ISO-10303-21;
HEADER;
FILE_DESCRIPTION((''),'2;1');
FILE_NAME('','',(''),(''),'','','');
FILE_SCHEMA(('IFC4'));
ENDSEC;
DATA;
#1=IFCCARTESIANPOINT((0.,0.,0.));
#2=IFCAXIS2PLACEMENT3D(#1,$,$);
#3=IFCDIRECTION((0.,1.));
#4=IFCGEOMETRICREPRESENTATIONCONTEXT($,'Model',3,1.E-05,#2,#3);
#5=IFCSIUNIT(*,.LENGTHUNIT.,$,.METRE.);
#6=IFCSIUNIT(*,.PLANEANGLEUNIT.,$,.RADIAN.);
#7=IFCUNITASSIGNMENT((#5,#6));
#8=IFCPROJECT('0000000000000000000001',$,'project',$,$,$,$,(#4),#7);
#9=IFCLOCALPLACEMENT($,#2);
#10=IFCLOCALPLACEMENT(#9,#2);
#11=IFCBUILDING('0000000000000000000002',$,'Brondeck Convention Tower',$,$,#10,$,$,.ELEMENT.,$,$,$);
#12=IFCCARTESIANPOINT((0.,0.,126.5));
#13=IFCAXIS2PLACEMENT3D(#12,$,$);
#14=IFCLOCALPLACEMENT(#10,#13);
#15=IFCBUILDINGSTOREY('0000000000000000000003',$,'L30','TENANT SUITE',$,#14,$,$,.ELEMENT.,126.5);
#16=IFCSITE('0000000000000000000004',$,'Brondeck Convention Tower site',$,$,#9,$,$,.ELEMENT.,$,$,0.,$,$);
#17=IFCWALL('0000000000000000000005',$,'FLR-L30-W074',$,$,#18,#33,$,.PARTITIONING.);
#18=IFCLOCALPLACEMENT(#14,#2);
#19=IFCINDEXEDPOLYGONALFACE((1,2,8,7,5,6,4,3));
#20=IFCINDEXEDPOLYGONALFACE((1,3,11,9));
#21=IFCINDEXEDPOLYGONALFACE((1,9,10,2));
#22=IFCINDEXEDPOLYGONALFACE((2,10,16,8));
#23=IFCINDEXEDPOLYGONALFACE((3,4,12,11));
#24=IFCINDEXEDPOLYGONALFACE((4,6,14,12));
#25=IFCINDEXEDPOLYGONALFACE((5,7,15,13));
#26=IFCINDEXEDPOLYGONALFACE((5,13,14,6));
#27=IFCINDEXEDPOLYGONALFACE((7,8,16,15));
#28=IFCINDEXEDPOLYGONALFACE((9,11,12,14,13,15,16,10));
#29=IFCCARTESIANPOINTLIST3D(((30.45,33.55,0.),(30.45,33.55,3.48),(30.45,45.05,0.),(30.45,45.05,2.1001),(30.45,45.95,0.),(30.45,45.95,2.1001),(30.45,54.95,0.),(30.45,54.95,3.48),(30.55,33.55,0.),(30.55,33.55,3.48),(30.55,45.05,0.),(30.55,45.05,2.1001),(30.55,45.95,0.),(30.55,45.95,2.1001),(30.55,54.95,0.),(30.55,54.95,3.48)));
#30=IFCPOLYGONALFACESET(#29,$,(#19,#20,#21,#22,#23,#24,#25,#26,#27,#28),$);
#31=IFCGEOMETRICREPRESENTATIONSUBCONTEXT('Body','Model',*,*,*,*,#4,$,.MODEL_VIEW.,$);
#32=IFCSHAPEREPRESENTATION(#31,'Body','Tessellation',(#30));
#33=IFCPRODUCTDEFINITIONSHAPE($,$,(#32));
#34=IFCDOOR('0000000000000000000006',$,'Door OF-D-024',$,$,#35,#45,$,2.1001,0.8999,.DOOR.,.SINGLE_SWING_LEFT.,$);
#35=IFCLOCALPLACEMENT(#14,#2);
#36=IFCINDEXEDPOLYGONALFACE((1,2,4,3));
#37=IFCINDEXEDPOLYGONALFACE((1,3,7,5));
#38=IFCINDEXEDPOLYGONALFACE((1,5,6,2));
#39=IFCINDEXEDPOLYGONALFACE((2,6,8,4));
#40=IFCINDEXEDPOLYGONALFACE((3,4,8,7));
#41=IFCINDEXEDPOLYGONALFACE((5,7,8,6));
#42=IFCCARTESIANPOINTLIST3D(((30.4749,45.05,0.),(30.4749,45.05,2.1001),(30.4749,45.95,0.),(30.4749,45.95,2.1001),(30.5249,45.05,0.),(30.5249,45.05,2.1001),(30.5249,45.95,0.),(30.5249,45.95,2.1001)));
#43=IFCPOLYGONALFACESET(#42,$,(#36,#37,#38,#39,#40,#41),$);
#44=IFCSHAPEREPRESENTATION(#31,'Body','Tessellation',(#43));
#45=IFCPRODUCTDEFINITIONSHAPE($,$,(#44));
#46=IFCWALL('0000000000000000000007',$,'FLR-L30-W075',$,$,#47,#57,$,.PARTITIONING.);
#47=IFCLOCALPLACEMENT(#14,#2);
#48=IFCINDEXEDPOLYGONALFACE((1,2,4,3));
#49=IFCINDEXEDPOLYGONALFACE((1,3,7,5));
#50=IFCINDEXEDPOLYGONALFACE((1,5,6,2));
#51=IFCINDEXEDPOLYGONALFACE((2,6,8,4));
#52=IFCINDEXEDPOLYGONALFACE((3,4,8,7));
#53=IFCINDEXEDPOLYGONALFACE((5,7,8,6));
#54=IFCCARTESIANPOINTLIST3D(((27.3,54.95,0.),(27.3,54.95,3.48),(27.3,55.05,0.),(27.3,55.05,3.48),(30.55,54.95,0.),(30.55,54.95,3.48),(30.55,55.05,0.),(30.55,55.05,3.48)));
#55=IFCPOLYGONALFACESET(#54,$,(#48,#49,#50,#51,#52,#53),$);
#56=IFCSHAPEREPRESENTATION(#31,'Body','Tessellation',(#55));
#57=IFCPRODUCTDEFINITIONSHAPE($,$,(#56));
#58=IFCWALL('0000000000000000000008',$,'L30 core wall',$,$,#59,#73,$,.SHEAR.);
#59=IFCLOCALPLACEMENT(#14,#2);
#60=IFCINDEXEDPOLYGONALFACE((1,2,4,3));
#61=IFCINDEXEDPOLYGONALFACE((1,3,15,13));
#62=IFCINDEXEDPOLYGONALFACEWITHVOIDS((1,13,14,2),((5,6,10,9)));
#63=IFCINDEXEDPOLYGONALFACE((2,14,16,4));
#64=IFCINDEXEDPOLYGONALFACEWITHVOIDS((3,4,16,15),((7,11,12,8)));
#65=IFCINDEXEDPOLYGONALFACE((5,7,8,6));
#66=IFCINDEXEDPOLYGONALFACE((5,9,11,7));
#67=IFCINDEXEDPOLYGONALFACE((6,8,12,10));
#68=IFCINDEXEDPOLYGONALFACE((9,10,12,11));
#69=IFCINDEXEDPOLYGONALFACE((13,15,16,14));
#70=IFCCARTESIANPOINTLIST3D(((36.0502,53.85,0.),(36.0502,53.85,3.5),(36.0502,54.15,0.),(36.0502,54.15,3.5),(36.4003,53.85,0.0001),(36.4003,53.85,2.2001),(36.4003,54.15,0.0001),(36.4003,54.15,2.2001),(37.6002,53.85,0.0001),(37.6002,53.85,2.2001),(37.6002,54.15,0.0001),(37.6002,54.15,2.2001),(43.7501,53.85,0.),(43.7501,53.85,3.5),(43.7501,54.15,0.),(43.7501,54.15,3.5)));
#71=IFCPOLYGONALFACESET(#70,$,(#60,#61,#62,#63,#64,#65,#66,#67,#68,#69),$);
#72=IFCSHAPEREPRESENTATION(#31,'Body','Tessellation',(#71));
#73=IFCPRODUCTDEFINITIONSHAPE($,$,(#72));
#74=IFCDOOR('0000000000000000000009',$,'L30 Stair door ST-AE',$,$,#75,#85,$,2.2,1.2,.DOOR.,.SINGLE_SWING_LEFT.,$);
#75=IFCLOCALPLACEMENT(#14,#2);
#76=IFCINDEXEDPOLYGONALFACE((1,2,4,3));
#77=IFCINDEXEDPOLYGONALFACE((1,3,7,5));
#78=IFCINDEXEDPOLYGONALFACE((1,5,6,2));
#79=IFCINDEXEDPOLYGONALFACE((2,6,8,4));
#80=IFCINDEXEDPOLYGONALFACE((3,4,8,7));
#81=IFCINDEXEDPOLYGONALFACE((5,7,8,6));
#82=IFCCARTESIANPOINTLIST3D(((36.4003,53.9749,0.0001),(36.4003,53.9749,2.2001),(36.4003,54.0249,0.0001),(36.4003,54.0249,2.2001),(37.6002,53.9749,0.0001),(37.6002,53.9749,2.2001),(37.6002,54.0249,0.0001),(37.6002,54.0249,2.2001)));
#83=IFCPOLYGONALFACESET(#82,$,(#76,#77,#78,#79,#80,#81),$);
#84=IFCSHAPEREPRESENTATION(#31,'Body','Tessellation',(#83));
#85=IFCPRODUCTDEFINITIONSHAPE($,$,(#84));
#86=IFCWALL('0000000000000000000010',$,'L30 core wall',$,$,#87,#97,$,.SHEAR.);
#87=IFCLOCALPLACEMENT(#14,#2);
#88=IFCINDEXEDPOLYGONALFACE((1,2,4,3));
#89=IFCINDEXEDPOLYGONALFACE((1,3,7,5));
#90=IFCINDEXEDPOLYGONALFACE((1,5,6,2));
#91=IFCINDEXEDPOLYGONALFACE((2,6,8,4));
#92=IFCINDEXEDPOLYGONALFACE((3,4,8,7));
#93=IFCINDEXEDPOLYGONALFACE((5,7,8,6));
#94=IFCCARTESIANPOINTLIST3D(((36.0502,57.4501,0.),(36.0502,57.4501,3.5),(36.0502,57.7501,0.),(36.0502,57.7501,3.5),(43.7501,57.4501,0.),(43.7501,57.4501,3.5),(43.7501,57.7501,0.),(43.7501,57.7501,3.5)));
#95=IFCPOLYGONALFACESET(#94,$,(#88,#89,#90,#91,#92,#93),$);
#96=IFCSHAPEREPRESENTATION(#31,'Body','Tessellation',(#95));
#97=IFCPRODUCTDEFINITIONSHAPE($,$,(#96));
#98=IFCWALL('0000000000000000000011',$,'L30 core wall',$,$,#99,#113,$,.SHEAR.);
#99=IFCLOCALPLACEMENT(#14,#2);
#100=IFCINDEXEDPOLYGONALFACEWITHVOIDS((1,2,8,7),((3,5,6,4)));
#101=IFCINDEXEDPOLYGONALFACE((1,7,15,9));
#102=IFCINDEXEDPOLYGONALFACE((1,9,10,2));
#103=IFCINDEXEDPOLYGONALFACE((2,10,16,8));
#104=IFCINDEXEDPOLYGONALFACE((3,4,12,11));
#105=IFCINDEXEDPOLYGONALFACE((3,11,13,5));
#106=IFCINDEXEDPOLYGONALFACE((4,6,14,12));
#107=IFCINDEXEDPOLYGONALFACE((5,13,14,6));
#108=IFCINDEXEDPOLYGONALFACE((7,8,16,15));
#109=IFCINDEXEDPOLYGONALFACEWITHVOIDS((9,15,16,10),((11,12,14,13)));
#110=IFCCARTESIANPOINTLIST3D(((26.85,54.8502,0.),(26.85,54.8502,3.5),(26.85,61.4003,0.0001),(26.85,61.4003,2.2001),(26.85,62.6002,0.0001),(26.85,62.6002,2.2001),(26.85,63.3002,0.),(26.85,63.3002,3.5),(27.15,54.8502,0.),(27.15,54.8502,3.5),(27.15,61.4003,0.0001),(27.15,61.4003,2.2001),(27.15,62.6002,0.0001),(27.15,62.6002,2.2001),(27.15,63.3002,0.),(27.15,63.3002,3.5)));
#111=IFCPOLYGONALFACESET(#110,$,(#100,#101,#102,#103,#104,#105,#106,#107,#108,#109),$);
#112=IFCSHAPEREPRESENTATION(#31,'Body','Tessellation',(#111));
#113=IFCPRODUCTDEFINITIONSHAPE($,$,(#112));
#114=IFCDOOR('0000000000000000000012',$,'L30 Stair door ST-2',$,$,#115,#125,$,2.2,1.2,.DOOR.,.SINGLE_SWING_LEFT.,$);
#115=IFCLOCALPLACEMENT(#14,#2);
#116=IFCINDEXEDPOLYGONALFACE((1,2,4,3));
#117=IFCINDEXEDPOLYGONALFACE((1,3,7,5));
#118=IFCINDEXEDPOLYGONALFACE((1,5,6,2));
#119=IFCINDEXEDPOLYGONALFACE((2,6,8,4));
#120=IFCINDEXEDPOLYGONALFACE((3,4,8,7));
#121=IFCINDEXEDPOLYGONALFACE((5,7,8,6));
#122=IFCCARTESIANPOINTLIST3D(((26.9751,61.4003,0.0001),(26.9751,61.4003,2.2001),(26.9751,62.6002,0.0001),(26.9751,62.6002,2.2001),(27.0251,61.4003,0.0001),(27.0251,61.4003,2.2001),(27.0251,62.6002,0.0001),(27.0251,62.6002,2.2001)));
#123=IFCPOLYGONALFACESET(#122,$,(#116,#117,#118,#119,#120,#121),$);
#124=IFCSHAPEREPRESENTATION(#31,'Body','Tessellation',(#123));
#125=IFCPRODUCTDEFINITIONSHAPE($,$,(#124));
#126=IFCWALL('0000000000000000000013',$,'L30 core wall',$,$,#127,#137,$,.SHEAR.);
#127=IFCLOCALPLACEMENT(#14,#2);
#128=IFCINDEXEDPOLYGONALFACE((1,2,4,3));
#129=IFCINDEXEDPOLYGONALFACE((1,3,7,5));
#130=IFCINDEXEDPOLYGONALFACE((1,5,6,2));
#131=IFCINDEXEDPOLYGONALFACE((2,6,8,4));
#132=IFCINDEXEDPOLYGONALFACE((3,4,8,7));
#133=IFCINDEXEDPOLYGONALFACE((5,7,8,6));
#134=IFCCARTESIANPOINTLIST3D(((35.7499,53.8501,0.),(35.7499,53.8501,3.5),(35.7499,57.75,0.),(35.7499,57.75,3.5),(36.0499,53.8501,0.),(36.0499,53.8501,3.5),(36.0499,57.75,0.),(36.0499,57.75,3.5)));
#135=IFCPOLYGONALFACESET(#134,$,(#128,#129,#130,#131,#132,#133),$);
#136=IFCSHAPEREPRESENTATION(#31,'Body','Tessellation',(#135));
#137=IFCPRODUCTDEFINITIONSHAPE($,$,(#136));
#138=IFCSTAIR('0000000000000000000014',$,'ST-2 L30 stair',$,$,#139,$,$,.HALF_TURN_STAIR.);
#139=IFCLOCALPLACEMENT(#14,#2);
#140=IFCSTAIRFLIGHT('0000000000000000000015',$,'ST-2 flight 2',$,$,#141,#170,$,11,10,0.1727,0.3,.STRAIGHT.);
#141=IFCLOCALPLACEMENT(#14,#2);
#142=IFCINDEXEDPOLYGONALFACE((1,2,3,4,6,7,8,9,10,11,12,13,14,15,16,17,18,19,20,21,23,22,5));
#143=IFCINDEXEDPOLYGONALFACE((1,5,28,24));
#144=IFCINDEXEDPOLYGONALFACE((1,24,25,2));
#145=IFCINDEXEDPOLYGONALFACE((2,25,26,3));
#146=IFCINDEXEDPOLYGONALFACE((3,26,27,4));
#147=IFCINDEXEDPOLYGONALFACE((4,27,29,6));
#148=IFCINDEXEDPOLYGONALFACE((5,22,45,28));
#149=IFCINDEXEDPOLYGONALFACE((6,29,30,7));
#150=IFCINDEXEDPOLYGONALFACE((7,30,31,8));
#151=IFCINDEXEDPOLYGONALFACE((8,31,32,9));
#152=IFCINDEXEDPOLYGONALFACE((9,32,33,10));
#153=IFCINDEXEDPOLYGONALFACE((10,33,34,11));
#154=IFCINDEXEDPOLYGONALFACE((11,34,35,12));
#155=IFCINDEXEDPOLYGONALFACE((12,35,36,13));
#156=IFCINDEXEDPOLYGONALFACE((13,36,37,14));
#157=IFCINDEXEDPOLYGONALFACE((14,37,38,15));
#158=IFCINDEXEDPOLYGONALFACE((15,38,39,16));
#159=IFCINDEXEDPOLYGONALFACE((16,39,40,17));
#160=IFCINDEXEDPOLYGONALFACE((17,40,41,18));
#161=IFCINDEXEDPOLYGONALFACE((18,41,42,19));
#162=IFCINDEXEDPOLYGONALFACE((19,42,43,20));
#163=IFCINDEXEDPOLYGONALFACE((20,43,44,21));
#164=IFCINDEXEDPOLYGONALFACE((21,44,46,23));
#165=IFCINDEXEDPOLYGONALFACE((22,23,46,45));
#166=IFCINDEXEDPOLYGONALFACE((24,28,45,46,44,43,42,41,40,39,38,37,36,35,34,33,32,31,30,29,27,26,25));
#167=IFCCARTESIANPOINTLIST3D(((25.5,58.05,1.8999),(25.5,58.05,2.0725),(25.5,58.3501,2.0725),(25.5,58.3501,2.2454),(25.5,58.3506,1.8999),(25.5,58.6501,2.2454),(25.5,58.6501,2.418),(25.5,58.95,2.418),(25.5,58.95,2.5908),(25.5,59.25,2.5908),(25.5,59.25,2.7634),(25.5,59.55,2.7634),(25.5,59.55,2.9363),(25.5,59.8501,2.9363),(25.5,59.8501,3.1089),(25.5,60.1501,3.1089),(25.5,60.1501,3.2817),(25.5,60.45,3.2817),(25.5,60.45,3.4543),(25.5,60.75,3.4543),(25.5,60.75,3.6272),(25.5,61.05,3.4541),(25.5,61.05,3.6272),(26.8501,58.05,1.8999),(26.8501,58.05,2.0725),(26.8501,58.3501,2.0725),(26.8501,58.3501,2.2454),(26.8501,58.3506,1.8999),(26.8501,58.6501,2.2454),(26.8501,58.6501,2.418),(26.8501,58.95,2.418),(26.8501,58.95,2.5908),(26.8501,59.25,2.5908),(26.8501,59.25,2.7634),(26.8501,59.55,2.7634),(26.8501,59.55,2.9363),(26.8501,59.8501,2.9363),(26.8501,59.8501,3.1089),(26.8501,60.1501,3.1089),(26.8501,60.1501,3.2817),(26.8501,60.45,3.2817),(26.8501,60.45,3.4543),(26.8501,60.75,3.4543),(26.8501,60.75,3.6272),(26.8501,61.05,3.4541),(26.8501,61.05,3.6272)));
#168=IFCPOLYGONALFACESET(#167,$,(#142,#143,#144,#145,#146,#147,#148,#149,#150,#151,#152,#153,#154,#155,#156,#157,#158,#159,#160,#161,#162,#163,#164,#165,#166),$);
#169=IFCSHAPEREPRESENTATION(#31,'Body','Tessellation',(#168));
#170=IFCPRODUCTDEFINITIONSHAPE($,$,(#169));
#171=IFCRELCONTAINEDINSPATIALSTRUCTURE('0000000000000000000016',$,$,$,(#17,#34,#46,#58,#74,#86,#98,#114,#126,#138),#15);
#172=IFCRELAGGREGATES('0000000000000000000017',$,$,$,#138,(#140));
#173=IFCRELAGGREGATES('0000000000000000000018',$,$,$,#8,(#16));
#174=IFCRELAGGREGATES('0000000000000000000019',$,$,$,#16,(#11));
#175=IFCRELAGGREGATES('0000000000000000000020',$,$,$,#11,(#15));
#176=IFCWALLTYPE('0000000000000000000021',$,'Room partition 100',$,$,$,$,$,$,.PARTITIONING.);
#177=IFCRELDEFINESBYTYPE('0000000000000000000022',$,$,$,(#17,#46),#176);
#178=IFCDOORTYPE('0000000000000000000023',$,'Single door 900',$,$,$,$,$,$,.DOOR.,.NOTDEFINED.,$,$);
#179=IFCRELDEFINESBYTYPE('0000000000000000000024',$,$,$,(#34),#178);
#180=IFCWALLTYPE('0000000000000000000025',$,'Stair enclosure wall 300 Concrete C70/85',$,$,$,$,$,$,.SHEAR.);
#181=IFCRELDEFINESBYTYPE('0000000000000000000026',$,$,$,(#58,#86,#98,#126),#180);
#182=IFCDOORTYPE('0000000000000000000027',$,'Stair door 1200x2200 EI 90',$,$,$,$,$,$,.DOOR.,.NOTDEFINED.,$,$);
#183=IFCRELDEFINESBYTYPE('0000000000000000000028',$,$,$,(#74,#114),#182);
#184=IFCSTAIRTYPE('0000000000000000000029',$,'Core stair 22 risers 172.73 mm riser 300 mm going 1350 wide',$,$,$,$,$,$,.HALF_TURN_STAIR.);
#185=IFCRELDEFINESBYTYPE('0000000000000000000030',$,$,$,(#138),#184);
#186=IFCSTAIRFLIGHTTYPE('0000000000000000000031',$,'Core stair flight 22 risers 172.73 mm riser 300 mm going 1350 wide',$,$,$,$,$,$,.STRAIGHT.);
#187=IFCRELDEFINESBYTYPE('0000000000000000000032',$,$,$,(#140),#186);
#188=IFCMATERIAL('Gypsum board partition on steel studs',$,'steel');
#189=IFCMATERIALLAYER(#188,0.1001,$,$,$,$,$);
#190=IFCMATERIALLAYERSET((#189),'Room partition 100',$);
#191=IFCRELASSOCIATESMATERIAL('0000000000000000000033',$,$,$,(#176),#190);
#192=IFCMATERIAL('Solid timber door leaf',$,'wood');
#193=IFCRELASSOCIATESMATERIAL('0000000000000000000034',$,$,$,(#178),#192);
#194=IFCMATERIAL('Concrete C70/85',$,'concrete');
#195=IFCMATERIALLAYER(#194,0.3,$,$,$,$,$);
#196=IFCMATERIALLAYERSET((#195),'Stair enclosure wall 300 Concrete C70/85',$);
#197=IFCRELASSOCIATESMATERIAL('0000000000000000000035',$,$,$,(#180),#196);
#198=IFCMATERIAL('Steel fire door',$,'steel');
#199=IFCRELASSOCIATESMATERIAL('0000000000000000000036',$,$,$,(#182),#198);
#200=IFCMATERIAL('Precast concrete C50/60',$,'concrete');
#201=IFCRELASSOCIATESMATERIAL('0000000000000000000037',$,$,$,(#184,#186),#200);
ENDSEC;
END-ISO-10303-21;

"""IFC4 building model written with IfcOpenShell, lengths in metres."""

from ifc_helpers import new_model, si_unit, direction, frame, frame_2d, origin, place, context, subcontext, project, spatial, polyline, rectangle, outline, extrude, material, layer, layer_set, type_object, element, fill, aggregate, save


model = new_model("IFC4")

# Units and contexts
model_context = context("Model", 3, precision=1e-05, world=origin(), true_north=direction((0.0, 1.0)))
body_context = subcontext(model_context, "Body", "Model", "MODEL_VIEW")
ifc_project = project(units=[si_unit("LENGTHUNIT", "METRE"), si_unit("PLANEANGLEUNIT", "RADIAN")], contexts=[model_context])

# Site, building, storey
site_placement = place(None, origin())
site = spatial("IfcSite", under=ifc_project, at=site_placement, Name="Brondeck Convention Tower site", CompositionType="ELEMENT", RefElevation=0.0)
building_placement = place(site_placement, origin())
building = spatial("IfcBuilding", under=site, at=building_placement, Name="Brondeck Convention Tower", CompositionType="ELEMENT")
storey_placement = place(building_placement, frame((0.0, 0.0, 126.5)))
storey = spatial("IfcBuildingStorey", under=building, at=storey_placement, Name="L30", Description="TENANT SUITE", CompositionType="ELEMENT", Elevation=126.5)

# Shared definitions
ifc_material_1 = material(Name="Concrete C70/85", Category="concrete")

# Shared definitions
ifc_material_2 = material(Name="Gypsum board partition on steel studs", Category="steel")
ifc_layer_1 = layer(ifc_material_2, 0.1001)
ifc_layer_set_1 = layer_set([ifc_layer_1], Name="Room partition 100")
wall_type_1 = type_object("IfcWallType", Name="Room partition 100", PredefinedType="PARTITIONING", material=ifc_layer_set_1)

# Wall, opening, door
wall_1_placement = place(storey_placement, frame((30.5, 54.95, 0.0), z_axis=(0.0, 0.0, 1.0), x_axis=(0.0, -1.0, 0.0)))
wall_1 = element("IfcWall", 1, at=wall_1_placement, inside=storey, type_object=wall_type_1, Name="FLR-L30-W074", PredefinedType="PARTITIONING", context=body_context, shape_type="SweptSolid", body=[
    extrude(rectangle(XDim=21.3999, YDim=0.1001, at=frame_2d((10.7, 0.0))), origin(), (0.0, 0.0, 1.0), 3.48),
])
opening_1_placement = place(wall_1_placement, frame((9.0, 0.0, 0.0)))
opening_1 = element("IfcOpeningElement", 2, at=opening_1_placement, cuts=wall_1, PredefinedType="OPENING", context=body_context, shape_type="SweptSolid", body=[
    extrude(rectangle(XDim=0.8999, YDim=2.1001, at=frame_2d((0.45, 1.05))), frame((0.0, 0.0601, 0.0), z_axis=(0.0, -1.0, 0.0), x_axis=(1.0, 0.0, 0.0)), (0.0, 0.0, 1.0), 0.1201),
])
ifc_material_3 = material(Name="Solid timber door leaf", Category="wood")
door_type_1 = type_object("IfcDoorType", Name="Single door 900", OperationType="NOTDEFINED", PredefinedType="DOOR", material=ifc_material_3)
door_1_placement = place(opening_1_placement, origin())
door_1 = element("IfcDoor", 3, at=door_1_placement, inside=storey, type_object=door_type_1, Name="Door OF-D-024", OperationType="SINGLE_SWING_LEFT", OverallHeight=2.1001, OverallWidth=0.8999, PredefinedType="DOOR", context=body_context, shape_type="SweptSolid", body=[
    extrude(rectangle(XDim=0.8999, YDim=2.1001, at=frame_2d((0.45, 1.05))), frame((0.0, 0.0249, 0.0), z_axis=(0.0, -1.0, 0.0), x_axis=(1.0, 0.0, 0.0)), (0.0, 0.0, 1.0), 0.05),
])
fill(opening_1, door_1)

# Wall
wall_2_placement = place(storey_placement, frame((27.3, 55.0, 0.0), z_axis=(0.0, 0.0, 1.0), x_axis=(1.0, 0.0, 0.0)))
element("IfcWall", 4, at=wall_2_placement, inside=storey, type_object=wall_type_1, Name="FLR-L30-W075", PredefinedType="PARTITIONING", context=body_context, shape_type="SweptSolid", body=[
    extrude(rectangle(XDim=3.25, YDim=0.1001, at=frame_2d((1.625, 0.0))), origin(), (0.0, 0.0, 1.0), 3.48),
])

# Wall, opening, door
ifc_layer_2 = layer(ifc_material_1, 0.3)
ifc_layer_set_2 = layer_set([ifc_layer_2], Name="Stair enclosure wall 300 Concrete C70/85")
wall_type_2 = type_object("IfcWallType", Name="Stair enclosure wall 300 Concrete C70/85", PredefinedType="SHEAR", material=ifc_layer_set_2)
wall_3_placement = place(storey_placement, frame((36.05, 54.0, 0.0), z_axis=(0.0, 0.0, 1.0), x_axis=(1.0, 0.0, 0.0)))
wall_3 = element("IfcWall", 5, at=wall_3_placement, inside=storey, type_object=wall_type_2, Name="L30 core wall", PredefinedType="SHEAR", context=body_context, shape_type="SweptSolid", body=[
    extrude(rectangle(XDim=7.7, YDim=0.3, at=frame_2d((3.8501, 0.0))), origin(), (0.0, 0.0, 1.0), 3.5),
])
opening_2_placement = place(wall_3_placement, frame((0.3501, 0.0, 0.0)))
opening_2 = element("IfcOpeningElement", 6, at=opening_2_placement, cuts=wall_3, PredefinedType="OPENING", context=body_context, shape_type="SweptSolid", body=[
    extrude(rectangle(XDim=1.2, YDim=2.2, at=frame_2d((0.6001, 1.1001))), frame((0.0, 0.1599, 0.0), z_axis=(0.0, -1.0, 0.0), x_axis=(1.0, 0.0, 0.0)), (0.0, 0.0, 1.0), 0.3201),
])
ifc_material_4 = material(Name="Steel fire door", Category="steel")
door_type_2 = type_object("IfcDoorType", Name="Stair door 1200x2200 EI 90", OperationType="NOTDEFINED", PredefinedType="DOOR", material=ifc_material_4)
door_2_placement = place(opening_2_placement, origin())
door_2 = element("IfcDoor", 7, at=door_2_placement, inside=storey, type_object=door_type_2, Name="L30 Stair door ST-AE", OperationType="SINGLE_SWING_LEFT", OverallHeight=2.2, OverallWidth=1.2, PredefinedType="DOOR", context=body_context, shape_type="SweptSolid", body=[
    extrude(rectangle(XDim=1.2, YDim=2.2, at=frame_2d((0.6001, 1.1001))), frame((0.0, 0.0249, 0.0), z_axis=(0.0, -1.0, 0.0), x_axis=(1.0, 0.0, 0.0)), (0.0, 0.0, 1.0), 0.05),
])
fill(opening_2, door_2)

# Wall
wall_4_placement = place(storey_placement, frame((36.05, 57.6001, 0.0), z_axis=(0.0, 0.0, 1.0), x_axis=(1.0, 0.0, 0.0)))
element("IfcWall", 8, at=wall_4_placement, inside=storey, type_object=wall_type_2, Name="L30 core wall", PredefinedType="SHEAR", context=body_context, shape_type="SweptSolid", body=[
    extrude(rectangle(XDim=7.7, YDim=0.3, at=frame_2d((3.8501, 0.0))), origin(), (0.0, 0.0, 1.0), 3.5),
])

# Wall, opening, door
wall_5_placement = place(storey_placement, frame((27.0, 54.8501, 0.0), z_axis=(0.0, 0.0, 1.0), x_axis=(0.0, 1.0, 0.0)))
wall_5 = element("IfcWall", 9, at=wall_5_placement, inside=storey, type_object=wall_type_2, Name="L30 core wall", PredefinedType="SHEAR", context=body_context, shape_type="SweptSolid", body=[
    extrude(rectangle(XDim=8.45, YDim=0.3, at=frame_2d((4.2251, 0.0))), origin(), (0.0, 0.0, 1.0), 3.5),
])
opening_3_placement = place(wall_5_placement, frame((6.55, 0.0, 0.0)))
opening_3 = element("IfcOpeningElement", 10, at=opening_3_placement, cuts=wall_5, PredefinedType="OPENING", context=body_context, shape_type="SweptSolid", body=[
    extrude(rectangle(XDim=1.2, YDim=2.2, at=frame_2d((0.6001, 1.1001))), frame((0.0, 0.1599, 0.0), z_axis=(0.0, -1.0, 0.0), x_axis=(1.0, 0.0, 0.0)), (0.0, 0.0, 1.0), 0.3201),
])
door_3_placement = place(opening_3_placement, origin())
door_3 = element("IfcDoor", 11, at=door_3_placement, inside=storey, type_object=door_type_2, Name="L30 Stair door ST-2", OperationType="SINGLE_SWING_LEFT", OverallHeight=2.2, OverallWidth=1.2, PredefinedType="DOOR", context=body_context, shape_type="SweptSolid", body=[
    extrude(rectangle(XDim=1.2, YDim=2.2, at=frame_2d((0.6001, 1.1001))), frame((0.0, 0.0249, 0.0), z_axis=(0.0, -1.0, 0.0), x_axis=(1.0, 0.0, 0.0)), (0.0, 0.0, 1.0), 0.05),
])
fill(opening_3, door_3)

# Wall
wall_6_placement = place(storey_placement, frame((35.8999, 53.8501, 0.0), z_axis=(0.0, 0.0, 1.0), x_axis=(0.0, 1.0, 0.0)))
element("IfcWall", 12, at=wall_6_placement, inside=storey, type_object=wall_type_2, Name="L30 core wall", PredefinedType="SHEAR", context=body_context, shape_type="SweptSolid", body=[
    extrude(rectangle(XDim=3.8999, YDim=0.3, at=frame_2d((1.95, 0.0))), origin(), (0.0, 0.0, 1.0), 3.5),
])

# Stair, stair flight
ifc_material_5 = material(Name="Precast concrete C50/60", Category="concrete")
stair_type = type_object("IfcStairType", Name="Core stair 22 risers 172.73 mm riser 300 mm going 1350 wide", PredefinedType="HALF_TURN_STAIR", material=ifc_material_5)
stair_placement = place(storey_placement, origin())
stair = element("IfcStair", 13, at=stair_placement, inside=storey, type_object=stair_type, Name="ST-2 L30 stair", PredefinedType="HALF_TURN_STAIR")
stair_flight_type = type_object("IfcStairFlightType", Name="Core stair flight 22 risers 172.73 mm riser 300 mm going 1350 wide", PredefinedType="STRAIGHT", material=ifc_material_5)
stair_flight_placement = place(storey_placement, frame((26.175, 58.05, 1.8999), z_axis=(0.0, 0.0, 1.0), x_axis=(0.0, 1.0, 0.0)))
stair_flight = element("IfcStairFlight", 14, at=stair_flight_placement, type_object=stair_flight_type, Name="ST-2 flight 2", NumberOfRisers=11, NumberOfTreads=10, PredefinedType="STRAIGHT", RiserHeight=0.1727, TreadLength=0.3, context=body_context, shape_type="SweptSolid", body=[
    extrude(outline(polyline([(0.0, 0.0), (0.0, 0.1726), (0.3, 0.1726), (0.3, 0.3455), (0.6001, 0.3455), (0.6001, 0.5181), (0.8999, 0.5181), (0.8999, 0.6909), (1.2, 0.6909), (1.2, 0.8635), (1.5, 0.8635), (1.5, 1.0364), (1.8, 1.0364), (1.8, 1.209), (2.1001, 1.209), (2.1001, 1.3818), (2.3999, 1.3818), (2.3999, 1.5544), (2.7, 1.5544), (2.7, 1.7273), (3.0, 1.7273), (3.0, 1.8999), (3.0, 1.5542), (0.3005, 0.0), (0.0, 0.0)])), frame((0.0, 0.675, 0.0), z_axis=(0.0, -1.0, 0.0), x_axis=(1.0, 0.0, 0.0)), (0.0, 0.0, 1.0), 1.3501),
])
aggregate(stair, [stair_flight])

save(model, "model.ifc")
